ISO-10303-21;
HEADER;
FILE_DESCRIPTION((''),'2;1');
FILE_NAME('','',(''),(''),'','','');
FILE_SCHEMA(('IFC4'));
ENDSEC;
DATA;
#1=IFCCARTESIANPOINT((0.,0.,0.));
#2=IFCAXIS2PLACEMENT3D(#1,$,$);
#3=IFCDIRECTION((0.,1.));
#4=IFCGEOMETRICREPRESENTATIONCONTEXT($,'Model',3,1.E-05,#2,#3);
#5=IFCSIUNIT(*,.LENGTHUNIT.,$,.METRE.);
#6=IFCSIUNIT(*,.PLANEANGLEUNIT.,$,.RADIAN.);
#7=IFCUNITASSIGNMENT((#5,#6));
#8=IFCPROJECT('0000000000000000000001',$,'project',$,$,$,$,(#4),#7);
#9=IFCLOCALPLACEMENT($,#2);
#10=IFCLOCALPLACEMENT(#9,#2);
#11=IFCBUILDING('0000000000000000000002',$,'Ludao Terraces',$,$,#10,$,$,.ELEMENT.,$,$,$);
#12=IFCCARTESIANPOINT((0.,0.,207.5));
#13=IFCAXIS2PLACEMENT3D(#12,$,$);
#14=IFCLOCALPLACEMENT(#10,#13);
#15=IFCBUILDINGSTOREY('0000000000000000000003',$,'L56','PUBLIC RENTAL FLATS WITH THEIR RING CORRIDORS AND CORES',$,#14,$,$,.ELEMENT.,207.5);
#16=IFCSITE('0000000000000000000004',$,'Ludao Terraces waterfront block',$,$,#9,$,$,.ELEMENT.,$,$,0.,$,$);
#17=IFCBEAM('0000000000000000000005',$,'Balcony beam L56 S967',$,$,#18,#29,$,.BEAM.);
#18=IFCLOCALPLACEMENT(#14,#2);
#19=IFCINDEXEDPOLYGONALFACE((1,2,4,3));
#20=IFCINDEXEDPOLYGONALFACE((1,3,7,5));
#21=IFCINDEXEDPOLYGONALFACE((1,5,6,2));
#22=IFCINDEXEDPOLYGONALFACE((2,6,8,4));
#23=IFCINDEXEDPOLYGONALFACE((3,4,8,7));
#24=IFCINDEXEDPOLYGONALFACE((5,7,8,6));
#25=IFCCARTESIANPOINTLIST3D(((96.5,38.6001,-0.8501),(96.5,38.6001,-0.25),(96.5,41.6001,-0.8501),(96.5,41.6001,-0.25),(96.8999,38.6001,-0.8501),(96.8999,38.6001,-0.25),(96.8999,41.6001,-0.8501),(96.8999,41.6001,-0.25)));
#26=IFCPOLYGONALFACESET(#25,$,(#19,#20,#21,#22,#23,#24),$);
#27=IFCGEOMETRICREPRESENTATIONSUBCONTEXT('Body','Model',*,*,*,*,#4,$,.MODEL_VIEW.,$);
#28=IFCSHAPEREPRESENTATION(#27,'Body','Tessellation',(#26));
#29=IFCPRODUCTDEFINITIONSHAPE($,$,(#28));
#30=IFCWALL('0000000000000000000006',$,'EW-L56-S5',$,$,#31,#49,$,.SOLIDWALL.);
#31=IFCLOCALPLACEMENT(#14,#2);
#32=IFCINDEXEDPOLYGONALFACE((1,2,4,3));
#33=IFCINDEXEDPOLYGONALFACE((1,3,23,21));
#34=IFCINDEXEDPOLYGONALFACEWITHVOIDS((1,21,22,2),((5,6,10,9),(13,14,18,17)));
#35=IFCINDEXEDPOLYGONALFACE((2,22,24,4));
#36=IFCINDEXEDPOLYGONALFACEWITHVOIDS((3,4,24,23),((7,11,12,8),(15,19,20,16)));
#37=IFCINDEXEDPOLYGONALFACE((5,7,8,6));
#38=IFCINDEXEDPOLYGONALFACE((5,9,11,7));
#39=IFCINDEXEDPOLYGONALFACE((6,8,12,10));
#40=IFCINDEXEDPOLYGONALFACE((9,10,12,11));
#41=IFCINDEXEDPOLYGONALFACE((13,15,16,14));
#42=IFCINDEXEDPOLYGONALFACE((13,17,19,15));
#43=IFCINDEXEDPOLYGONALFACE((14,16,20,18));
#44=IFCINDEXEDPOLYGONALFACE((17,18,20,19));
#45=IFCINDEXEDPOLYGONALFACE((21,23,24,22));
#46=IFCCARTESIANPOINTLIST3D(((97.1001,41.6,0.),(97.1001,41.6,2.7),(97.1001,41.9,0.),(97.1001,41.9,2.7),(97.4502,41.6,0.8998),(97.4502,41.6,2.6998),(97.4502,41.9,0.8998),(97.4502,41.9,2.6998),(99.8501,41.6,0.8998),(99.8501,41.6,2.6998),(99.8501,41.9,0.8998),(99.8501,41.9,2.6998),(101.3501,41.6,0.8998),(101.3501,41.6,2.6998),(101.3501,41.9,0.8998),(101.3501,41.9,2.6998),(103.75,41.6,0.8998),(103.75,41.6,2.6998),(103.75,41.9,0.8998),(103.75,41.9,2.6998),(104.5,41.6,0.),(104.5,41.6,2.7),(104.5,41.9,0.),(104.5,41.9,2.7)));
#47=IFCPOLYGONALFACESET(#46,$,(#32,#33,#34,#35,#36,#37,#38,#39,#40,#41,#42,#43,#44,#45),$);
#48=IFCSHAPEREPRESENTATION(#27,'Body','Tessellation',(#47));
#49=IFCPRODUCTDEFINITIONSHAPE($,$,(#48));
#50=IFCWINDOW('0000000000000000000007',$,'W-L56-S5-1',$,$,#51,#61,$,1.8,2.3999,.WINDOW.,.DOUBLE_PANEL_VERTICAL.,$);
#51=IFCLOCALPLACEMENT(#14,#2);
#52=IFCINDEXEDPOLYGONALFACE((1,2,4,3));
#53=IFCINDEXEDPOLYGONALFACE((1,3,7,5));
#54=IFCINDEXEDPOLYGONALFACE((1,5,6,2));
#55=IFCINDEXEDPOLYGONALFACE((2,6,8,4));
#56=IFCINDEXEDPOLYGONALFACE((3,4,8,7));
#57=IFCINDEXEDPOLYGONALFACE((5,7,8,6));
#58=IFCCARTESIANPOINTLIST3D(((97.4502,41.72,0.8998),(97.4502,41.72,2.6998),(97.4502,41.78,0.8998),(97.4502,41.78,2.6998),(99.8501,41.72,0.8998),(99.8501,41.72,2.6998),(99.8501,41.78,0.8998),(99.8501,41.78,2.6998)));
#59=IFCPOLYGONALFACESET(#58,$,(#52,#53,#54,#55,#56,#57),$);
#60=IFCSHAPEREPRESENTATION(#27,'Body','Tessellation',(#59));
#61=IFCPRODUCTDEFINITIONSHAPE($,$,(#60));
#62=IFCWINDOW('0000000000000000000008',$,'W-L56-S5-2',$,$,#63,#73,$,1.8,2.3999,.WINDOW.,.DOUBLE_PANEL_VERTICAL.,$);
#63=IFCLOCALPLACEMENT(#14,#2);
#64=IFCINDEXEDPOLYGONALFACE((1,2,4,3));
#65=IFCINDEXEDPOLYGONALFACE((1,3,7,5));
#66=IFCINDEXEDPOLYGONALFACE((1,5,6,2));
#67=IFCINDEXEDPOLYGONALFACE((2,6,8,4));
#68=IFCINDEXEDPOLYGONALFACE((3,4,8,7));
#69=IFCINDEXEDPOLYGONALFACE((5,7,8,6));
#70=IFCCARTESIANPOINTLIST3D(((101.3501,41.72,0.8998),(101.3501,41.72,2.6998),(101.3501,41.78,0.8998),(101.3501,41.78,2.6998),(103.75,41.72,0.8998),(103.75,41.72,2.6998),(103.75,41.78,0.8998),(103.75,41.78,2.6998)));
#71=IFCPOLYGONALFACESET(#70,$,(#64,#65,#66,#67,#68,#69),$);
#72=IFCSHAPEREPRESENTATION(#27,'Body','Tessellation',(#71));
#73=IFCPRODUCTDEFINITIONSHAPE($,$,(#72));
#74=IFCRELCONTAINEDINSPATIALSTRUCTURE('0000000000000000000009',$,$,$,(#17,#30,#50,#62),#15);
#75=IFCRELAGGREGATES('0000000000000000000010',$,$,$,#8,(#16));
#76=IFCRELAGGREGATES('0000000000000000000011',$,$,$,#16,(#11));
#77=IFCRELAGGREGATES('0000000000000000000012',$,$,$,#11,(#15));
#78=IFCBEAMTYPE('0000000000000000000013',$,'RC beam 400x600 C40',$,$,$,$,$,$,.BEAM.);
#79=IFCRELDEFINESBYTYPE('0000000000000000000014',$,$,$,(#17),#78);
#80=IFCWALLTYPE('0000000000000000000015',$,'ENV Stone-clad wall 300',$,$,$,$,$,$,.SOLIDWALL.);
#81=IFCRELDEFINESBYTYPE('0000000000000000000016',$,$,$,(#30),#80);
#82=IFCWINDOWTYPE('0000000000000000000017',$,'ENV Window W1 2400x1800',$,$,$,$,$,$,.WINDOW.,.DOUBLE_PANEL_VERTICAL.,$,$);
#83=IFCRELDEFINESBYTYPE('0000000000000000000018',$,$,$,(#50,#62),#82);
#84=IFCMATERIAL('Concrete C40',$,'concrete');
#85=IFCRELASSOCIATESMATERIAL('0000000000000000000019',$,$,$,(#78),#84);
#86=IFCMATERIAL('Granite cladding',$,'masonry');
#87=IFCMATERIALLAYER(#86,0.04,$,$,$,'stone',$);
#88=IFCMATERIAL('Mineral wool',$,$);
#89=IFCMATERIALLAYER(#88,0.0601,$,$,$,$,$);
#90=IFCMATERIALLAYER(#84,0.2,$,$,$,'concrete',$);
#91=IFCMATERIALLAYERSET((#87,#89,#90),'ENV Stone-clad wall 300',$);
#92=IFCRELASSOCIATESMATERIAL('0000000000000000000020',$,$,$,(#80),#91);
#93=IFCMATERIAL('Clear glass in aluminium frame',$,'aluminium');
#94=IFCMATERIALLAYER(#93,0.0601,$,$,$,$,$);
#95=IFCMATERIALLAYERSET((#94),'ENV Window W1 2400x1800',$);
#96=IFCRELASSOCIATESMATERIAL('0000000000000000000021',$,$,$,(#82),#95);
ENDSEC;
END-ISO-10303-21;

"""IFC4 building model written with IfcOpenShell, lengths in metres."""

from ifc_helpers import new_model, si_unit, direction, frame, frame_2d, origin, origin_2d, place, context, subcontext, project, spatial, rectangle, extrude, material, layer, layer_set, material_profile, profile_set, type_object, element, fill, save


model = new_model("IFC4")

# Units and contexts
model_context = context("Model", 3, precision=1e-05, world=origin(), true_north=direction((0.0, 1.0)))
body_context = subcontext(model_context, "Body", "Model", "MODEL_VIEW")
ifc_project = project(units=[si_unit("LENGTHUNIT", "METRE"), si_unit("PLANEANGLEUNIT", "RADIAN")], contexts=[model_context])

# Site, building, storey
site_placement = place(None, origin())
site = spatial("IfcSite", under=ifc_project, at=site_placement, Name="Ludao Terraces waterfront block", CompositionType="ELEMENT", RefElevation=0.0)
building_placement = place(site_placement, origin())
building = spatial("IfcBuilding", under=site, at=building_placement, Name="Ludao Terraces", CompositionType="ELEMENT")
storey_placement = place(building_placement, frame((0.0, 0.0, 207.5)))
storey = spatial("IfcBuildingStorey", under=building, at=storey_placement, Name="L56", Description="PUBLIC RENTAL FLATS WITH THEIR RING CORRIDORS AND CORES", CompositionType="ELEMENT", Elevation=207.5)

# Beam
ifc_material_1 = material(Name="Concrete C40", Category="concrete")
ifc_material_profile = material_profile(ifc_material_1, rectangle(XDim=0.3999, YDim=0.6001, at=origin_2d()), Name="400 X 600")
ifc_profile_set = profile_set([ifc_material_profile], Name="Concrete C40")
beam_type = type_object("IfcBeamType", Name="RC beam 400x600 C40", PredefinedType="BEAM", material=ifc_profile_set)
beam_placement = place(storey_placement, frame((96.7, 41.6001, -0.55), z_axis=(0.0, -1.0, 0.0), x_axis=(1.0, 0.0, 0.0)))
element("IfcBeam", 1, at=beam_placement, inside=storey, type_object=beam_type, Name="Balcony beam L56 S967", PredefinedType="BEAM", context=body_context, shape_type="SweptSolid", body=[
    extrude(rectangle(XDim=0.3999, YDim=0.6001, at=origin_2d()), origin(), (0.0, 0.0, 1.0), 3.0),
])

# Wall, openings, windows
ifc_material_2 = material(Name="Granite cladding", Category="masonry")
ifc_layer_1 = layer(ifc_material_2, 0.04, Category="stone")
ifc_material_3 = material(Name="Mineral wool")
ifc_layer_2 = layer(ifc_material_3, 0.0601)
ifc_layer_3 = layer(ifc_material_1, 0.2, Category="concrete")
ifc_layer_set_1 = layer_set([ifc_layer_1, ifc_layer_2, ifc_layer_3], Name="ENV Stone-clad wall 300")
wall_type = type_object("IfcWallType", Name="ENV Stone-clad wall 300", PredefinedType="SOLIDWALL", material=ifc_layer_set_1)
wall_placement = place(storey_placement, frame((97.1001, 41.75, 0.0), z_axis=(0.0, 0.0, 1.0), x_axis=(1.0, 0.0, 0.0)))
wall = element("IfcWall", 2, at=wall_placement, inside=storey, type_object=wall_type, Name="EW-L56-S5", PredefinedType="SOLIDWALL", context=body_context, shape_type="SweptSolid", body=[
    extrude(rectangle(XDim=7.3999, YDim=0.3, at=frame_2d((3.7, 0.0))), origin(), (0.0, 0.0, 1.0), 2.7),
])
opening_1_placement = place(wall_placement, frame((0.3501, 0.0, 0.8999)))
opening_1 = element("IfcOpeningElement", 3, at=opening_1_placement, cuts=wall, PredefinedType="OPENING", context=body_context, shape_type="SweptSolid", body=[
    extrude(rectangle(XDim=2.3999, YDim=1.8, at=frame_2d((1.2, 0.8999))), frame((0.0, 0.1602, 0.0), z_axis=(0.0, -1.0, 0.0), x_axis=(1.0, 0.0, 0.0)), (0.0, 0.0, 1.0), 0.3201),
])
opening_2_placement = place(wall_placement, frame((4.25, 0.0, 0.8999)))
opening_2 = element("IfcOpeningElement", 4, at=opening_2_placement, cuts=wall, PredefinedType="OPENING", context=body_context, shape_type="SweptSolid", body=[
    extrude(rectangle(XDim=2.3999, YDim=1.8, at=frame_2d((1.2, 0.8999))), frame((0.0, 0.1602, 0.0), z_axis=(0.0, -1.0, 0.0), x_axis=(1.0, 0.0, 0.0)), (0.0, 0.0, 1.0), 0.3201),
])
ifc_material_4 = material(Name="Clear glass in aluminium frame", Category="aluminium")
ifc_layer_4 = layer(ifc_material_4, 0.0601)
ifc_layer_set_2 = layer_set([ifc_layer_4], Name="ENV Window W1 2400x1800")
window_type = type_object("IfcWindowType", Name="ENV Window W1 2400x1800", PartitioningType="DOUBLE_PANEL_VERTICAL", PredefinedType="WINDOW", material=ifc_layer_set_2)
window_1_placement = place(opening_1_placement, origin())
window_1 = element("IfcWindow", 5, at=window_1_placement, inside=storey, type_object=window_type, Name="W-L56-S5-1", OverallHeight=1.8, OverallWidth=2.3999, PartitioningType="DOUBLE_PANEL_VERTICAL", PredefinedType="WINDOW", context=body_context, shape_type="SweptSolid", body=[
    extrude(rectangle(XDim=2.3999, YDim=1.8, at=frame_2d((1.2, 0.8999))), frame((0.0, 0.03, 0.0), z_axis=(0.0, -1.0, 0.0), x_axis=(1.0, 0.0, 0.0)), (0.0, 0.0, 1.0), 0.0601),
])
fill(opening_1, window_1)
window_2_placement = place(opening_2_placement, origin())
window_2 = element("IfcWindow", 6, at=window_2_placement, inside=storey, type_object=window_type, Name="W-L56-S5-2", OverallHeight=1.8, OverallWidth=2.3999, PartitioningType="DOUBLE_PANEL_VERTICAL", PredefinedType="WINDOW", context=body_context, shape_type="SweptSolid", body=[
    extrude(rectangle(XDim=2.3999, YDim=1.8, at=frame_2d((1.2, 0.8999))), frame((0.0, 0.03, 0.0), z_axis=(0.0, -1.0, 0.0), x_axis=(1.0, 0.0, 0.0)), (0.0, 0.0, 1.0), 0.0601),
])
fill(opening_2, window_2)

save(model, "model.ifc")
